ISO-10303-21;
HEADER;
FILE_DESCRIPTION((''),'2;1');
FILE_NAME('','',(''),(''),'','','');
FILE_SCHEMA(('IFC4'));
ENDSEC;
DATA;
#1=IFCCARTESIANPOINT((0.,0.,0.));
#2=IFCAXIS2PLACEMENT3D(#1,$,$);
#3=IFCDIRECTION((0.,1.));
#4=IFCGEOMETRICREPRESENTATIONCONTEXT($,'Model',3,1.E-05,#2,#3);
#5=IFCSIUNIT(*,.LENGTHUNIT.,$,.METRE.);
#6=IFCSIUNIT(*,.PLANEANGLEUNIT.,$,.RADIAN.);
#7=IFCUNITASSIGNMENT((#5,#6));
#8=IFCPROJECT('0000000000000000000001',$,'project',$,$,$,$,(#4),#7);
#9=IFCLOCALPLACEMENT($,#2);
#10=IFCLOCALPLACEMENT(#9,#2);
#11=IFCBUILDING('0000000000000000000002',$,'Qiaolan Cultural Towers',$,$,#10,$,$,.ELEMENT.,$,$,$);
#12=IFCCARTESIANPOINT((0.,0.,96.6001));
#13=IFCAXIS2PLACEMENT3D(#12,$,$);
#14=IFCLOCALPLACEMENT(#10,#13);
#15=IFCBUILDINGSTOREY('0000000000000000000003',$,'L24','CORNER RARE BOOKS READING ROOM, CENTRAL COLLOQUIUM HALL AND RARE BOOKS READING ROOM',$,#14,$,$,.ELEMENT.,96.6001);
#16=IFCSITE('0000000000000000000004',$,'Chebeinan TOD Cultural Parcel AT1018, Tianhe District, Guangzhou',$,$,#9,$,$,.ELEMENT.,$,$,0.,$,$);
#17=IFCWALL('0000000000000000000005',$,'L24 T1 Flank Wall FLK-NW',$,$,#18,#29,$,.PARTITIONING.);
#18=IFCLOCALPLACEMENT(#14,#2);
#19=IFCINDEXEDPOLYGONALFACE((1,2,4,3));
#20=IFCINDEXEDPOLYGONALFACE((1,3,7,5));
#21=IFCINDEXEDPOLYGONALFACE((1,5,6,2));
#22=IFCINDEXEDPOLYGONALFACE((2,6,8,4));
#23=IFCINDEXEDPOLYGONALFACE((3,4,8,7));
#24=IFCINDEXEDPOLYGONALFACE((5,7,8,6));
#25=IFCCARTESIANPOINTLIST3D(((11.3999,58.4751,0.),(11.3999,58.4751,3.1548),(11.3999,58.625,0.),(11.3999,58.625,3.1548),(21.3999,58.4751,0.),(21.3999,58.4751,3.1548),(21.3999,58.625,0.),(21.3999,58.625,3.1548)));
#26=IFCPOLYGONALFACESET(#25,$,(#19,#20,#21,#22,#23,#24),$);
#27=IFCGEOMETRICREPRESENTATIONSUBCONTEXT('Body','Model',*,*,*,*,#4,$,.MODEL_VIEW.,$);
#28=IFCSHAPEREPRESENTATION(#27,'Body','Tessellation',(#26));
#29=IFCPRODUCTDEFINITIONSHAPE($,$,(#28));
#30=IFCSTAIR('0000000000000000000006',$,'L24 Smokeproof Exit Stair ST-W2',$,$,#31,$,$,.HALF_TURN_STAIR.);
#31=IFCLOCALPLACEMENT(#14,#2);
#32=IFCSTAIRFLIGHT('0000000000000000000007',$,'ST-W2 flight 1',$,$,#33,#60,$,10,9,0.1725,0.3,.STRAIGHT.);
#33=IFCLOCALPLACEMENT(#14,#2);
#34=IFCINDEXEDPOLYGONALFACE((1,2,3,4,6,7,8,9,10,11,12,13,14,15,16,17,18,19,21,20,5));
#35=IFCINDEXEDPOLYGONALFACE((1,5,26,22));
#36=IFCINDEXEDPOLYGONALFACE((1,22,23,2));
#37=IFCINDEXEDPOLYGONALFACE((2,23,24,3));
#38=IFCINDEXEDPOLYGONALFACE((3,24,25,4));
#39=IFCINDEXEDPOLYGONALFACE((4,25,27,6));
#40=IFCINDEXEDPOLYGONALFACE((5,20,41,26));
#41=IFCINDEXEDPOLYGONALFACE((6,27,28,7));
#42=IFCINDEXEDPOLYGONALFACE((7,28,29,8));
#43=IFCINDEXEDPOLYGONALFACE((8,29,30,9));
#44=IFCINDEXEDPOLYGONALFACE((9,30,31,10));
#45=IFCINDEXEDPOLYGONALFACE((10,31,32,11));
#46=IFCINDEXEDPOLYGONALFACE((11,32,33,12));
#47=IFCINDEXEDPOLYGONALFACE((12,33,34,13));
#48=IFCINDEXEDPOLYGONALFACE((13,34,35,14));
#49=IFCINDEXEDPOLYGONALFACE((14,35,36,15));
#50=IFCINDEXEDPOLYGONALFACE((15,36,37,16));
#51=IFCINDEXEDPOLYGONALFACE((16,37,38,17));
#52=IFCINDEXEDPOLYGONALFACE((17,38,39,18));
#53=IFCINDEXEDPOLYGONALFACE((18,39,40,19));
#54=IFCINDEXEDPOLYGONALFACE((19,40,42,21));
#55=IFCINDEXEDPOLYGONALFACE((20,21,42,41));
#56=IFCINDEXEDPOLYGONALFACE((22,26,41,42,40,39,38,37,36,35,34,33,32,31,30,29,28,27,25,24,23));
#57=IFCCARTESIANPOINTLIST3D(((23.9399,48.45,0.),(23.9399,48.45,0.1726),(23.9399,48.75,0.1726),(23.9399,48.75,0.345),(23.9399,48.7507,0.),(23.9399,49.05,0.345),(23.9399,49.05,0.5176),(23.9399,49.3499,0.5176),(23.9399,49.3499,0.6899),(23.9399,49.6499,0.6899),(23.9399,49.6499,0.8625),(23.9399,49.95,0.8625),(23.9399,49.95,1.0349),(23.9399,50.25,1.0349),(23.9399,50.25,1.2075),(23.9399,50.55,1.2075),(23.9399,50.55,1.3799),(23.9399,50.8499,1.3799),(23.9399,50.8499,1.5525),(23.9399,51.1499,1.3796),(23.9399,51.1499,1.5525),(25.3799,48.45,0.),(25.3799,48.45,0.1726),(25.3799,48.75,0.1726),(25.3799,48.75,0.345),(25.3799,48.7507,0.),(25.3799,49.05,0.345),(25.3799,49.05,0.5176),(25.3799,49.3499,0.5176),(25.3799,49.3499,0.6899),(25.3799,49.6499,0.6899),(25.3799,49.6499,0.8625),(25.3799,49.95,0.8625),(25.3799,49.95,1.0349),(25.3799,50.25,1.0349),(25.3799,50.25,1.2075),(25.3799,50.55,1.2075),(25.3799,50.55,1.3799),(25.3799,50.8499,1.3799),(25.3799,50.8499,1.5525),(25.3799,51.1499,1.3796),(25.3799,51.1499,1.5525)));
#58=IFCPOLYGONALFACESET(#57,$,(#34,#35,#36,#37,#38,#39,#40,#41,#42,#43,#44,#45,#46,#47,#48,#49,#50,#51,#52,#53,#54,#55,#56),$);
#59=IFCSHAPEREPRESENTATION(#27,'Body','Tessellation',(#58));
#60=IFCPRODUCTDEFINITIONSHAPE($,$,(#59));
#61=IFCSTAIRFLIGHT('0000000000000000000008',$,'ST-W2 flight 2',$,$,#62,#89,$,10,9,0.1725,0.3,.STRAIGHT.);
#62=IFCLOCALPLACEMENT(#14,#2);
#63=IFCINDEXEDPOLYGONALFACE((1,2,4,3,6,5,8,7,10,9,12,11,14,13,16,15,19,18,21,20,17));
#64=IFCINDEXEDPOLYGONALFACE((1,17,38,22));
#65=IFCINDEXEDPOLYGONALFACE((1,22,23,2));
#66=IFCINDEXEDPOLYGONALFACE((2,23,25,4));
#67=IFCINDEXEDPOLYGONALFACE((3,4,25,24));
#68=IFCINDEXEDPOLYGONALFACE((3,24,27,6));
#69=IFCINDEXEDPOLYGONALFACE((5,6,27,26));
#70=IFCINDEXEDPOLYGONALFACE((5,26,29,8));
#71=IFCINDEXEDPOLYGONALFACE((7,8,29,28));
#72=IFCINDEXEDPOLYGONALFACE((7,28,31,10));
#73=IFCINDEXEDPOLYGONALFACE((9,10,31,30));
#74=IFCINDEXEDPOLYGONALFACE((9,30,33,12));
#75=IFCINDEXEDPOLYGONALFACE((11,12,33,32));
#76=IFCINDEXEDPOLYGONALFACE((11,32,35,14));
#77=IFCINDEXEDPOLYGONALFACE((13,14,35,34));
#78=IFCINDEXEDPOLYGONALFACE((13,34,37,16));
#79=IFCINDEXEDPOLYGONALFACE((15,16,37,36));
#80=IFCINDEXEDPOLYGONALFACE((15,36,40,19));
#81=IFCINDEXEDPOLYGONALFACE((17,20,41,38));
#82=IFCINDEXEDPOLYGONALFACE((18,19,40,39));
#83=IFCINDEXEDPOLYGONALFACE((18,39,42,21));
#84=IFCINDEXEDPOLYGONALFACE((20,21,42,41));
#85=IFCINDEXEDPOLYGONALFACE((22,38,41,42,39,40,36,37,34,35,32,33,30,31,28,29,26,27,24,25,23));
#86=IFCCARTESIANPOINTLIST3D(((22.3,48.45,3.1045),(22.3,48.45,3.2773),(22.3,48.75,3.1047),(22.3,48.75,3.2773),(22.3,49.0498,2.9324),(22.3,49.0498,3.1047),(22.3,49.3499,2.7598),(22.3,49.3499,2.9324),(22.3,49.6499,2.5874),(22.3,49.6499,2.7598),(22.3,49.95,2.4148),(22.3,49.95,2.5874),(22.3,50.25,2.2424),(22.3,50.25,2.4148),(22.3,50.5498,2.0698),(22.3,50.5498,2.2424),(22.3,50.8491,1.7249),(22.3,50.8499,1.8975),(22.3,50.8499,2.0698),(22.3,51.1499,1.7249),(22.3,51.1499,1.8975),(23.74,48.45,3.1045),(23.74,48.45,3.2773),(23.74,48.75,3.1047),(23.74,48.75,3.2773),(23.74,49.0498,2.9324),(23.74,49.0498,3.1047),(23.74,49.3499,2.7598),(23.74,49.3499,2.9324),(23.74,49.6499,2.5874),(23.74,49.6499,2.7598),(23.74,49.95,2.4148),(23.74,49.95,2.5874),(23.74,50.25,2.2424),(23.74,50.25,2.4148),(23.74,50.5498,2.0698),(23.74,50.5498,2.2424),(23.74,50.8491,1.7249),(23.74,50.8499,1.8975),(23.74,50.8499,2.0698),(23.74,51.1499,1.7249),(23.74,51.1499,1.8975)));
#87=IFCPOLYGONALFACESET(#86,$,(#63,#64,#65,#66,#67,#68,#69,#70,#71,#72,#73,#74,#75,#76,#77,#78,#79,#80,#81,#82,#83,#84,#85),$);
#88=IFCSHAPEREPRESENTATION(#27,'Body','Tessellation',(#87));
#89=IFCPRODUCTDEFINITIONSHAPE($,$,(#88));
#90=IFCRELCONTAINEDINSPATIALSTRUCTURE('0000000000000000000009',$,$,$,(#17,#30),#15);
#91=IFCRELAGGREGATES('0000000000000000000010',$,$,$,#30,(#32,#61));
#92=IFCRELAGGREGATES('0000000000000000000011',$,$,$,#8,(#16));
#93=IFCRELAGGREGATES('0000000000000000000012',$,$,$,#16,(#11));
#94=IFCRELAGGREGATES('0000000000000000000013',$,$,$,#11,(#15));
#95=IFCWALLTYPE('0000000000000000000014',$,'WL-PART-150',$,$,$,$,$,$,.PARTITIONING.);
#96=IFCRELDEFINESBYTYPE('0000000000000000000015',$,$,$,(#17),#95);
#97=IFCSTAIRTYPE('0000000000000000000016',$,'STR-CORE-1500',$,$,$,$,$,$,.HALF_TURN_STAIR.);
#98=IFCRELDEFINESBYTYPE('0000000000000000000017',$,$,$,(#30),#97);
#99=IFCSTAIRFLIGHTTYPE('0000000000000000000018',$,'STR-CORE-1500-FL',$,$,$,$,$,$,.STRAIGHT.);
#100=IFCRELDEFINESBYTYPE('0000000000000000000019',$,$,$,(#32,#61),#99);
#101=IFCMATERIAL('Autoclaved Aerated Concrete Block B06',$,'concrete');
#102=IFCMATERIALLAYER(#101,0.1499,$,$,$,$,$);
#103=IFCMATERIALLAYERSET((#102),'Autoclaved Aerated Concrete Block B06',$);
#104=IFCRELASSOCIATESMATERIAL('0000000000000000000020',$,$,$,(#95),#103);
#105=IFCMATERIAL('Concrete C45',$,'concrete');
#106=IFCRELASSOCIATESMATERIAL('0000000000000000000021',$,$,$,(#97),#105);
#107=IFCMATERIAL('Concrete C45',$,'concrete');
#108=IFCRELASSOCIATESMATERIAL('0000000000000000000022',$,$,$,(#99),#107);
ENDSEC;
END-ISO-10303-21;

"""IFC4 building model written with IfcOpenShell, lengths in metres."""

from ifc_helpers import new_model, si_unit, direction, frame, frame_2d, origin, place, context, subcontext, project, spatial, polyline, rectangle, outline, extrude, material, layer, layer_set, type_object, element, aggregate, save


model = new_model("IFC4")

# Units and contexts
model_context = context("Model", 3, precision=1e-05, world=origin(), true_north=direction((0.0, 1.0)))
body_context = subcontext(model_context, "Body", "Model", "MODEL_VIEW")
ifc_project = project(units=[si_unit("LENGTHUNIT", "METRE"), si_unit("PLANEANGLEUNIT", "RADIAN")], contexts=[model_context])

# Site, building, storey
site_placement = place(None, origin())
site = spatial("IfcSite", under=ifc_project, at=site_placement, Name="Chebeinan TOD Cultural Parcel AT1018, Tianhe District, Guangzhou", CompositionType="ELEMENT", RefElevation=0.0)
building_placement = place(site_placement, origin())
building = spatial("IfcBuilding", under=site, at=building_placement, Name="Qiaolan Cultural Towers", CompositionType="ELEMENT")
storey_placement = place(building_placement, frame((0.0, 0.0, 96.6001)))
storey = spatial("IfcBuildingStorey", under=building, at=storey_placement, Name="L24", Description="CORNER RARE BOOKS READING ROOM, CENTRAL COLLOQUIUM HALL AND RARE BOOKS READING ROOM", CompositionType="ELEMENT", Elevation=96.6001)

# Wall
ifc_material_1 = material(Name="Autoclaved Aerated Concrete Block B06", Category="concrete")
ifc_layer_1 = layer(ifc_material_1, 0.1499)
ifc_layer_set_1 = layer_set([ifc_layer_1], Name="Autoclaved Aerated Concrete Block B06")
wall_type_1 = type_object("IfcWallType", Name="WL-PART-150", PredefinedType="PARTITIONING", material=ifc_layer_set_1)
wall_1_placement = place(storey_placement, frame((11.3999, 58.55, 0.0), z_axis=(0.0, 0.0, 1.0), x_axis=(1.0, 0.0, 0.0)))
element("IfcWall", 1, at=wall_1_placement, inside=storey, type_object=wall_type_1, Name="L24 T1 Flank Wall FLK-NW", PredefinedType="PARTITIONING", context=body_context, shape_type="SweptSolid", body=[
    extrude(rectangle(XDim=10.0, YDim=0.1499, at=frame_2d((5.0, 0.0))), origin(), (0.0, 0.0, 1.0), 3.1548),
])

# Stair, stair flights
ifc_material_2 = material(Name="Concrete C45", Category="concrete")
stair_type = type_object("IfcStairType", Name="STR-CORE-1500", PredefinedType="HALF_TURN_STAIR", material=ifc_material_2)
stair_placement = place(storey_placement, origin())
stair = element("IfcStair", 2, at=stair_placement, inside=storey, type_object=stair_type, Name="L24 Smokeproof Exit Stair ST-W2", PredefinedType="HALF_TURN_STAIR")
ifc_material_3 = material(Name="Concrete C45", Category="concrete")
stair_flight_type = type_object("IfcStairFlightType", Name="STR-CORE-1500-FL", PredefinedType="STRAIGHT", material=ifc_material_3)
stair_flight_1_placement = place(storey_placement, frame((24.6599, 48.45, 0.0), z_axis=(0.0, 0.0, 1.0), x_axis=(0.0, 1.0, 0.0)))
stair_flight_1 = element("IfcStairFlight", 3, at=stair_flight_1_placement, type_object=stair_flight_type, Name="ST-W2 flight 1", NumberOfRisers=10, NumberOfTreads=9, PredefinedType="STRAIGHT", RiserHeight=0.1725, TreadLength=0.3, context=body_context, shape_type="SweptSolid", body=[
    extrude(outline(polyline([(0.0, 0.0), (0.0, 0.1726), (0.3, 0.1726), (0.3, 0.345), (0.6001, 0.345), (0.6001, 0.5176), (0.8999, 0.5176), (0.8999, 0.6899), (1.2, 0.6899), (1.2, 0.8625), (1.5, 0.8625), (1.5, 1.0349), (1.8, 1.0349), (1.8, 1.2075), (2.1001, 1.2075), (2.1001, 1.3799), (2.3999, 1.3799), (2.3999, 1.5525), (2.7, 1.5525), (2.7, 1.7251), (2.7, 1.3796), (0.3008, 0.0), (0.0, 0.0)])), frame((0.0, 0.72, 0.0), z_axis=(0.0, -1.0, 0.0), x_axis=(1.0, 0.0, 0.0)), (0.0, 0.0, 1.0), 1.4399),
])
stair_flight_2_placement = place(storey_placement, frame((23.02, 51.1499, 1.7249), z_axis=(0.0, 0.0, 1.0), x_axis=(0.0, -1.0, 0.0)))
stair_flight_2 = element("IfcStairFlight", 4, at=stair_flight_2_placement, type_object=stair_flight_type, Name="ST-W2 flight 2", NumberOfRisers=10, NumberOfTreads=9, PredefinedType="STRAIGHT", RiserHeight=0.1725, TreadLength=0.3, context=body_context, shape_type="SweptSolid", body=[
    extrude(outline(polyline([(0.0, 0.0), (0.0, 0.1726), (0.3, 0.1726), (0.3, 0.345), (0.6001, 0.345), (0.6001, 0.5176), (0.8999, 0.5176), (0.8999, 0.6899), (1.2, 0.6899), (1.2, 0.8625), (1.5, 0.8625), (1.5, 1.0349), (1.8, 1.0349), (1.8, 1.2075), (2.1001, 1.2075), (2.1001, 1.3799), (2.3999, 1.3799), (2.3999, 1.5525), (2.7, 1.5525), (2.7, 1.7251), (2.7, 1.3796), (0.3008, 0.0), (0.0, 0.0)])), frame((0.0, 0.72, 0.0), z_axis=(0.0, -1.0, 0.0), x_axis=(1.0, 0.0, 0.0)), (0.0, 0.0, 1.0), 1.4399),
])
aggregate(stair, [stair_flight_1, stair_flight_2])

save(model, "model.ifc")
